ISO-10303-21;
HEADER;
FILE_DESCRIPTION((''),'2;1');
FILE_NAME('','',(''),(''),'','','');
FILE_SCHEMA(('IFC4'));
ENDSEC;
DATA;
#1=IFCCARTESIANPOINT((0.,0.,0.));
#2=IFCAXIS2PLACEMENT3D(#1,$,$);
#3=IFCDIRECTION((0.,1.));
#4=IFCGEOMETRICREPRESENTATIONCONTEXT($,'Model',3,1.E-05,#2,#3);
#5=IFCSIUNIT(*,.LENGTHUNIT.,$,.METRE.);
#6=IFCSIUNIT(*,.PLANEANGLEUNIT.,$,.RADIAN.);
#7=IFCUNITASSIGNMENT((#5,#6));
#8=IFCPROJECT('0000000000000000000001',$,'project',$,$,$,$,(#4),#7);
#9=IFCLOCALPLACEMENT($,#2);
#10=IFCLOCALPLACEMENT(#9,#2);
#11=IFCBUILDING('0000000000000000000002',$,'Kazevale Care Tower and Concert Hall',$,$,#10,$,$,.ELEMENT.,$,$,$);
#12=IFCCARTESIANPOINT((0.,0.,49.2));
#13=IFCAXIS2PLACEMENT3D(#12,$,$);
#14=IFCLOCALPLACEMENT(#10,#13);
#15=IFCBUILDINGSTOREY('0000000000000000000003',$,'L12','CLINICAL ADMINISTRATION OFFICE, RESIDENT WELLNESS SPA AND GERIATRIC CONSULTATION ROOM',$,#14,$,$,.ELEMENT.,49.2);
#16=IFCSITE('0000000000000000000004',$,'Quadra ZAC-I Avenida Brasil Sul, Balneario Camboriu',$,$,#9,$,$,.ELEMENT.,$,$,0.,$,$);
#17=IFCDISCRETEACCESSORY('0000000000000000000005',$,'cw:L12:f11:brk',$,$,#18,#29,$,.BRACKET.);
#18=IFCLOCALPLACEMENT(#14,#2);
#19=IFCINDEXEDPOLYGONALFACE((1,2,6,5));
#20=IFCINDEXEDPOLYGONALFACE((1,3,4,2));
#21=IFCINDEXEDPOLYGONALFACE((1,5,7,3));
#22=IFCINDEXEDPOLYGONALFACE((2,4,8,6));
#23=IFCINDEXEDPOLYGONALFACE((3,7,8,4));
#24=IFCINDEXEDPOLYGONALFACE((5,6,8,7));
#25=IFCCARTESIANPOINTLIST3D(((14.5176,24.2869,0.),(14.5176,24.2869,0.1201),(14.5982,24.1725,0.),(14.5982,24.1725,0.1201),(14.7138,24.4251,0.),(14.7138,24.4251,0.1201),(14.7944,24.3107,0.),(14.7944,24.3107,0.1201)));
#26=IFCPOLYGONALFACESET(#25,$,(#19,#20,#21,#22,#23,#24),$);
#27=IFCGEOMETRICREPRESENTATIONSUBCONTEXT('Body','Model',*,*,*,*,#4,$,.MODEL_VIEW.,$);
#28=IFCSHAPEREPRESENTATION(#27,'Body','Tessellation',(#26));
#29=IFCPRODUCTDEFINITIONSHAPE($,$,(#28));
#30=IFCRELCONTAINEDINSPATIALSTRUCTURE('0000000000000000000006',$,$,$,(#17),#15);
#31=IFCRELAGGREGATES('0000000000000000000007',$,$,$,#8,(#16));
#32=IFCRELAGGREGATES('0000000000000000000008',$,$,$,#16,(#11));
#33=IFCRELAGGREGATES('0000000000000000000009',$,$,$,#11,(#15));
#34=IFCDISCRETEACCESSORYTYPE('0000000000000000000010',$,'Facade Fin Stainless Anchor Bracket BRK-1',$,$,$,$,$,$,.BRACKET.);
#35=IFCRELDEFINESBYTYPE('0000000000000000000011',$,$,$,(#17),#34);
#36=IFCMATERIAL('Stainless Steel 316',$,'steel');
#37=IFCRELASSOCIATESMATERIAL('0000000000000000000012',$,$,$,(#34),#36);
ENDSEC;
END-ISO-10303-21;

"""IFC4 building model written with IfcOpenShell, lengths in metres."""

from ifc_helpers import new_model, si_unit, direction, frame, origin, origin_2d, place, context, subcontext, project, spatial, rectangle, extrude, material, type_object, element, save


model = new_model("IFC4")

# Units and contexts
model_context = context("Model", 3, precision=1e-05, world=origin(), true_north=direction((0.0, 1.0)))
body_context = subcontext(model_context, "Body", "Model", "MODEL_VIEW")
ifc_project = project(units=[si_unit("LENGTHUNIT", "METRE"), si_unit("PLANEANGLEUNIT", "RADIAN")], contexts=[model_context])

# Site, building, storey
site_placement = place(None, origin())
site = spatial("IfcSite", under=ifc_project, at=site_placement, Name="Quadra ZAC-I Avenida Brasil Sul, Balneario Camboriu", CompositionType="ELEMENT", RefElevation=0.0)
building_placement = place(site_placement, origin())
building = spatial("IfcBuilding", under=site, at=building_placement, Name="Kazevale Care Tower and Concert Hall", CompositionType="ELEMENT")
storey_placement = place(building_placement, frame((0.0, 0.0, 49.2)))
storey = spatial("IfcBuildingStorey", under=building, at=storey_placement, Name="L12", Description="CLINICAL ADMINISTRATION OFFICE, RESIDENT WELLNESS SPA AND GERIATRIC CONSULTATION ROOM", CompositionType="ELEMENT", Elevation=49.2)

# Discrete accessory
ifc_material_1 = material(Name="Stainless Steel 316", Category="steel")
discrete_accessory_type = type_object("IfcDiscreteAccessoryType", Name="Facade Fin Stainless Anchor Bracket BRK-1", PredefinedType="BRACKET", material=ifc_material_1)
discrete_accessory_placement = place(storey_placement, frame((14.656, 24.2988, 0.0), z_axis=(0.0, 0.0, 1.0), x_axis=(-0.817547, -0.575862, 0.0)))
element("IfcDiscreteAccessory", 1, at=discrete_accessory_placement, inside=storey, type_object=discrete_accessory_type, Name="cw:L12:f11:brk", PredefinedType="BRACKET", context=body_context, shape_type="SweptSolid", body=[
    extrude(rectangle(XDim=0.24, YDim=0.1399, at=origin_2d()), origin(), (0.0, 0.0, 1.0), 0.1201),
])

save(model, "model.ifc")
